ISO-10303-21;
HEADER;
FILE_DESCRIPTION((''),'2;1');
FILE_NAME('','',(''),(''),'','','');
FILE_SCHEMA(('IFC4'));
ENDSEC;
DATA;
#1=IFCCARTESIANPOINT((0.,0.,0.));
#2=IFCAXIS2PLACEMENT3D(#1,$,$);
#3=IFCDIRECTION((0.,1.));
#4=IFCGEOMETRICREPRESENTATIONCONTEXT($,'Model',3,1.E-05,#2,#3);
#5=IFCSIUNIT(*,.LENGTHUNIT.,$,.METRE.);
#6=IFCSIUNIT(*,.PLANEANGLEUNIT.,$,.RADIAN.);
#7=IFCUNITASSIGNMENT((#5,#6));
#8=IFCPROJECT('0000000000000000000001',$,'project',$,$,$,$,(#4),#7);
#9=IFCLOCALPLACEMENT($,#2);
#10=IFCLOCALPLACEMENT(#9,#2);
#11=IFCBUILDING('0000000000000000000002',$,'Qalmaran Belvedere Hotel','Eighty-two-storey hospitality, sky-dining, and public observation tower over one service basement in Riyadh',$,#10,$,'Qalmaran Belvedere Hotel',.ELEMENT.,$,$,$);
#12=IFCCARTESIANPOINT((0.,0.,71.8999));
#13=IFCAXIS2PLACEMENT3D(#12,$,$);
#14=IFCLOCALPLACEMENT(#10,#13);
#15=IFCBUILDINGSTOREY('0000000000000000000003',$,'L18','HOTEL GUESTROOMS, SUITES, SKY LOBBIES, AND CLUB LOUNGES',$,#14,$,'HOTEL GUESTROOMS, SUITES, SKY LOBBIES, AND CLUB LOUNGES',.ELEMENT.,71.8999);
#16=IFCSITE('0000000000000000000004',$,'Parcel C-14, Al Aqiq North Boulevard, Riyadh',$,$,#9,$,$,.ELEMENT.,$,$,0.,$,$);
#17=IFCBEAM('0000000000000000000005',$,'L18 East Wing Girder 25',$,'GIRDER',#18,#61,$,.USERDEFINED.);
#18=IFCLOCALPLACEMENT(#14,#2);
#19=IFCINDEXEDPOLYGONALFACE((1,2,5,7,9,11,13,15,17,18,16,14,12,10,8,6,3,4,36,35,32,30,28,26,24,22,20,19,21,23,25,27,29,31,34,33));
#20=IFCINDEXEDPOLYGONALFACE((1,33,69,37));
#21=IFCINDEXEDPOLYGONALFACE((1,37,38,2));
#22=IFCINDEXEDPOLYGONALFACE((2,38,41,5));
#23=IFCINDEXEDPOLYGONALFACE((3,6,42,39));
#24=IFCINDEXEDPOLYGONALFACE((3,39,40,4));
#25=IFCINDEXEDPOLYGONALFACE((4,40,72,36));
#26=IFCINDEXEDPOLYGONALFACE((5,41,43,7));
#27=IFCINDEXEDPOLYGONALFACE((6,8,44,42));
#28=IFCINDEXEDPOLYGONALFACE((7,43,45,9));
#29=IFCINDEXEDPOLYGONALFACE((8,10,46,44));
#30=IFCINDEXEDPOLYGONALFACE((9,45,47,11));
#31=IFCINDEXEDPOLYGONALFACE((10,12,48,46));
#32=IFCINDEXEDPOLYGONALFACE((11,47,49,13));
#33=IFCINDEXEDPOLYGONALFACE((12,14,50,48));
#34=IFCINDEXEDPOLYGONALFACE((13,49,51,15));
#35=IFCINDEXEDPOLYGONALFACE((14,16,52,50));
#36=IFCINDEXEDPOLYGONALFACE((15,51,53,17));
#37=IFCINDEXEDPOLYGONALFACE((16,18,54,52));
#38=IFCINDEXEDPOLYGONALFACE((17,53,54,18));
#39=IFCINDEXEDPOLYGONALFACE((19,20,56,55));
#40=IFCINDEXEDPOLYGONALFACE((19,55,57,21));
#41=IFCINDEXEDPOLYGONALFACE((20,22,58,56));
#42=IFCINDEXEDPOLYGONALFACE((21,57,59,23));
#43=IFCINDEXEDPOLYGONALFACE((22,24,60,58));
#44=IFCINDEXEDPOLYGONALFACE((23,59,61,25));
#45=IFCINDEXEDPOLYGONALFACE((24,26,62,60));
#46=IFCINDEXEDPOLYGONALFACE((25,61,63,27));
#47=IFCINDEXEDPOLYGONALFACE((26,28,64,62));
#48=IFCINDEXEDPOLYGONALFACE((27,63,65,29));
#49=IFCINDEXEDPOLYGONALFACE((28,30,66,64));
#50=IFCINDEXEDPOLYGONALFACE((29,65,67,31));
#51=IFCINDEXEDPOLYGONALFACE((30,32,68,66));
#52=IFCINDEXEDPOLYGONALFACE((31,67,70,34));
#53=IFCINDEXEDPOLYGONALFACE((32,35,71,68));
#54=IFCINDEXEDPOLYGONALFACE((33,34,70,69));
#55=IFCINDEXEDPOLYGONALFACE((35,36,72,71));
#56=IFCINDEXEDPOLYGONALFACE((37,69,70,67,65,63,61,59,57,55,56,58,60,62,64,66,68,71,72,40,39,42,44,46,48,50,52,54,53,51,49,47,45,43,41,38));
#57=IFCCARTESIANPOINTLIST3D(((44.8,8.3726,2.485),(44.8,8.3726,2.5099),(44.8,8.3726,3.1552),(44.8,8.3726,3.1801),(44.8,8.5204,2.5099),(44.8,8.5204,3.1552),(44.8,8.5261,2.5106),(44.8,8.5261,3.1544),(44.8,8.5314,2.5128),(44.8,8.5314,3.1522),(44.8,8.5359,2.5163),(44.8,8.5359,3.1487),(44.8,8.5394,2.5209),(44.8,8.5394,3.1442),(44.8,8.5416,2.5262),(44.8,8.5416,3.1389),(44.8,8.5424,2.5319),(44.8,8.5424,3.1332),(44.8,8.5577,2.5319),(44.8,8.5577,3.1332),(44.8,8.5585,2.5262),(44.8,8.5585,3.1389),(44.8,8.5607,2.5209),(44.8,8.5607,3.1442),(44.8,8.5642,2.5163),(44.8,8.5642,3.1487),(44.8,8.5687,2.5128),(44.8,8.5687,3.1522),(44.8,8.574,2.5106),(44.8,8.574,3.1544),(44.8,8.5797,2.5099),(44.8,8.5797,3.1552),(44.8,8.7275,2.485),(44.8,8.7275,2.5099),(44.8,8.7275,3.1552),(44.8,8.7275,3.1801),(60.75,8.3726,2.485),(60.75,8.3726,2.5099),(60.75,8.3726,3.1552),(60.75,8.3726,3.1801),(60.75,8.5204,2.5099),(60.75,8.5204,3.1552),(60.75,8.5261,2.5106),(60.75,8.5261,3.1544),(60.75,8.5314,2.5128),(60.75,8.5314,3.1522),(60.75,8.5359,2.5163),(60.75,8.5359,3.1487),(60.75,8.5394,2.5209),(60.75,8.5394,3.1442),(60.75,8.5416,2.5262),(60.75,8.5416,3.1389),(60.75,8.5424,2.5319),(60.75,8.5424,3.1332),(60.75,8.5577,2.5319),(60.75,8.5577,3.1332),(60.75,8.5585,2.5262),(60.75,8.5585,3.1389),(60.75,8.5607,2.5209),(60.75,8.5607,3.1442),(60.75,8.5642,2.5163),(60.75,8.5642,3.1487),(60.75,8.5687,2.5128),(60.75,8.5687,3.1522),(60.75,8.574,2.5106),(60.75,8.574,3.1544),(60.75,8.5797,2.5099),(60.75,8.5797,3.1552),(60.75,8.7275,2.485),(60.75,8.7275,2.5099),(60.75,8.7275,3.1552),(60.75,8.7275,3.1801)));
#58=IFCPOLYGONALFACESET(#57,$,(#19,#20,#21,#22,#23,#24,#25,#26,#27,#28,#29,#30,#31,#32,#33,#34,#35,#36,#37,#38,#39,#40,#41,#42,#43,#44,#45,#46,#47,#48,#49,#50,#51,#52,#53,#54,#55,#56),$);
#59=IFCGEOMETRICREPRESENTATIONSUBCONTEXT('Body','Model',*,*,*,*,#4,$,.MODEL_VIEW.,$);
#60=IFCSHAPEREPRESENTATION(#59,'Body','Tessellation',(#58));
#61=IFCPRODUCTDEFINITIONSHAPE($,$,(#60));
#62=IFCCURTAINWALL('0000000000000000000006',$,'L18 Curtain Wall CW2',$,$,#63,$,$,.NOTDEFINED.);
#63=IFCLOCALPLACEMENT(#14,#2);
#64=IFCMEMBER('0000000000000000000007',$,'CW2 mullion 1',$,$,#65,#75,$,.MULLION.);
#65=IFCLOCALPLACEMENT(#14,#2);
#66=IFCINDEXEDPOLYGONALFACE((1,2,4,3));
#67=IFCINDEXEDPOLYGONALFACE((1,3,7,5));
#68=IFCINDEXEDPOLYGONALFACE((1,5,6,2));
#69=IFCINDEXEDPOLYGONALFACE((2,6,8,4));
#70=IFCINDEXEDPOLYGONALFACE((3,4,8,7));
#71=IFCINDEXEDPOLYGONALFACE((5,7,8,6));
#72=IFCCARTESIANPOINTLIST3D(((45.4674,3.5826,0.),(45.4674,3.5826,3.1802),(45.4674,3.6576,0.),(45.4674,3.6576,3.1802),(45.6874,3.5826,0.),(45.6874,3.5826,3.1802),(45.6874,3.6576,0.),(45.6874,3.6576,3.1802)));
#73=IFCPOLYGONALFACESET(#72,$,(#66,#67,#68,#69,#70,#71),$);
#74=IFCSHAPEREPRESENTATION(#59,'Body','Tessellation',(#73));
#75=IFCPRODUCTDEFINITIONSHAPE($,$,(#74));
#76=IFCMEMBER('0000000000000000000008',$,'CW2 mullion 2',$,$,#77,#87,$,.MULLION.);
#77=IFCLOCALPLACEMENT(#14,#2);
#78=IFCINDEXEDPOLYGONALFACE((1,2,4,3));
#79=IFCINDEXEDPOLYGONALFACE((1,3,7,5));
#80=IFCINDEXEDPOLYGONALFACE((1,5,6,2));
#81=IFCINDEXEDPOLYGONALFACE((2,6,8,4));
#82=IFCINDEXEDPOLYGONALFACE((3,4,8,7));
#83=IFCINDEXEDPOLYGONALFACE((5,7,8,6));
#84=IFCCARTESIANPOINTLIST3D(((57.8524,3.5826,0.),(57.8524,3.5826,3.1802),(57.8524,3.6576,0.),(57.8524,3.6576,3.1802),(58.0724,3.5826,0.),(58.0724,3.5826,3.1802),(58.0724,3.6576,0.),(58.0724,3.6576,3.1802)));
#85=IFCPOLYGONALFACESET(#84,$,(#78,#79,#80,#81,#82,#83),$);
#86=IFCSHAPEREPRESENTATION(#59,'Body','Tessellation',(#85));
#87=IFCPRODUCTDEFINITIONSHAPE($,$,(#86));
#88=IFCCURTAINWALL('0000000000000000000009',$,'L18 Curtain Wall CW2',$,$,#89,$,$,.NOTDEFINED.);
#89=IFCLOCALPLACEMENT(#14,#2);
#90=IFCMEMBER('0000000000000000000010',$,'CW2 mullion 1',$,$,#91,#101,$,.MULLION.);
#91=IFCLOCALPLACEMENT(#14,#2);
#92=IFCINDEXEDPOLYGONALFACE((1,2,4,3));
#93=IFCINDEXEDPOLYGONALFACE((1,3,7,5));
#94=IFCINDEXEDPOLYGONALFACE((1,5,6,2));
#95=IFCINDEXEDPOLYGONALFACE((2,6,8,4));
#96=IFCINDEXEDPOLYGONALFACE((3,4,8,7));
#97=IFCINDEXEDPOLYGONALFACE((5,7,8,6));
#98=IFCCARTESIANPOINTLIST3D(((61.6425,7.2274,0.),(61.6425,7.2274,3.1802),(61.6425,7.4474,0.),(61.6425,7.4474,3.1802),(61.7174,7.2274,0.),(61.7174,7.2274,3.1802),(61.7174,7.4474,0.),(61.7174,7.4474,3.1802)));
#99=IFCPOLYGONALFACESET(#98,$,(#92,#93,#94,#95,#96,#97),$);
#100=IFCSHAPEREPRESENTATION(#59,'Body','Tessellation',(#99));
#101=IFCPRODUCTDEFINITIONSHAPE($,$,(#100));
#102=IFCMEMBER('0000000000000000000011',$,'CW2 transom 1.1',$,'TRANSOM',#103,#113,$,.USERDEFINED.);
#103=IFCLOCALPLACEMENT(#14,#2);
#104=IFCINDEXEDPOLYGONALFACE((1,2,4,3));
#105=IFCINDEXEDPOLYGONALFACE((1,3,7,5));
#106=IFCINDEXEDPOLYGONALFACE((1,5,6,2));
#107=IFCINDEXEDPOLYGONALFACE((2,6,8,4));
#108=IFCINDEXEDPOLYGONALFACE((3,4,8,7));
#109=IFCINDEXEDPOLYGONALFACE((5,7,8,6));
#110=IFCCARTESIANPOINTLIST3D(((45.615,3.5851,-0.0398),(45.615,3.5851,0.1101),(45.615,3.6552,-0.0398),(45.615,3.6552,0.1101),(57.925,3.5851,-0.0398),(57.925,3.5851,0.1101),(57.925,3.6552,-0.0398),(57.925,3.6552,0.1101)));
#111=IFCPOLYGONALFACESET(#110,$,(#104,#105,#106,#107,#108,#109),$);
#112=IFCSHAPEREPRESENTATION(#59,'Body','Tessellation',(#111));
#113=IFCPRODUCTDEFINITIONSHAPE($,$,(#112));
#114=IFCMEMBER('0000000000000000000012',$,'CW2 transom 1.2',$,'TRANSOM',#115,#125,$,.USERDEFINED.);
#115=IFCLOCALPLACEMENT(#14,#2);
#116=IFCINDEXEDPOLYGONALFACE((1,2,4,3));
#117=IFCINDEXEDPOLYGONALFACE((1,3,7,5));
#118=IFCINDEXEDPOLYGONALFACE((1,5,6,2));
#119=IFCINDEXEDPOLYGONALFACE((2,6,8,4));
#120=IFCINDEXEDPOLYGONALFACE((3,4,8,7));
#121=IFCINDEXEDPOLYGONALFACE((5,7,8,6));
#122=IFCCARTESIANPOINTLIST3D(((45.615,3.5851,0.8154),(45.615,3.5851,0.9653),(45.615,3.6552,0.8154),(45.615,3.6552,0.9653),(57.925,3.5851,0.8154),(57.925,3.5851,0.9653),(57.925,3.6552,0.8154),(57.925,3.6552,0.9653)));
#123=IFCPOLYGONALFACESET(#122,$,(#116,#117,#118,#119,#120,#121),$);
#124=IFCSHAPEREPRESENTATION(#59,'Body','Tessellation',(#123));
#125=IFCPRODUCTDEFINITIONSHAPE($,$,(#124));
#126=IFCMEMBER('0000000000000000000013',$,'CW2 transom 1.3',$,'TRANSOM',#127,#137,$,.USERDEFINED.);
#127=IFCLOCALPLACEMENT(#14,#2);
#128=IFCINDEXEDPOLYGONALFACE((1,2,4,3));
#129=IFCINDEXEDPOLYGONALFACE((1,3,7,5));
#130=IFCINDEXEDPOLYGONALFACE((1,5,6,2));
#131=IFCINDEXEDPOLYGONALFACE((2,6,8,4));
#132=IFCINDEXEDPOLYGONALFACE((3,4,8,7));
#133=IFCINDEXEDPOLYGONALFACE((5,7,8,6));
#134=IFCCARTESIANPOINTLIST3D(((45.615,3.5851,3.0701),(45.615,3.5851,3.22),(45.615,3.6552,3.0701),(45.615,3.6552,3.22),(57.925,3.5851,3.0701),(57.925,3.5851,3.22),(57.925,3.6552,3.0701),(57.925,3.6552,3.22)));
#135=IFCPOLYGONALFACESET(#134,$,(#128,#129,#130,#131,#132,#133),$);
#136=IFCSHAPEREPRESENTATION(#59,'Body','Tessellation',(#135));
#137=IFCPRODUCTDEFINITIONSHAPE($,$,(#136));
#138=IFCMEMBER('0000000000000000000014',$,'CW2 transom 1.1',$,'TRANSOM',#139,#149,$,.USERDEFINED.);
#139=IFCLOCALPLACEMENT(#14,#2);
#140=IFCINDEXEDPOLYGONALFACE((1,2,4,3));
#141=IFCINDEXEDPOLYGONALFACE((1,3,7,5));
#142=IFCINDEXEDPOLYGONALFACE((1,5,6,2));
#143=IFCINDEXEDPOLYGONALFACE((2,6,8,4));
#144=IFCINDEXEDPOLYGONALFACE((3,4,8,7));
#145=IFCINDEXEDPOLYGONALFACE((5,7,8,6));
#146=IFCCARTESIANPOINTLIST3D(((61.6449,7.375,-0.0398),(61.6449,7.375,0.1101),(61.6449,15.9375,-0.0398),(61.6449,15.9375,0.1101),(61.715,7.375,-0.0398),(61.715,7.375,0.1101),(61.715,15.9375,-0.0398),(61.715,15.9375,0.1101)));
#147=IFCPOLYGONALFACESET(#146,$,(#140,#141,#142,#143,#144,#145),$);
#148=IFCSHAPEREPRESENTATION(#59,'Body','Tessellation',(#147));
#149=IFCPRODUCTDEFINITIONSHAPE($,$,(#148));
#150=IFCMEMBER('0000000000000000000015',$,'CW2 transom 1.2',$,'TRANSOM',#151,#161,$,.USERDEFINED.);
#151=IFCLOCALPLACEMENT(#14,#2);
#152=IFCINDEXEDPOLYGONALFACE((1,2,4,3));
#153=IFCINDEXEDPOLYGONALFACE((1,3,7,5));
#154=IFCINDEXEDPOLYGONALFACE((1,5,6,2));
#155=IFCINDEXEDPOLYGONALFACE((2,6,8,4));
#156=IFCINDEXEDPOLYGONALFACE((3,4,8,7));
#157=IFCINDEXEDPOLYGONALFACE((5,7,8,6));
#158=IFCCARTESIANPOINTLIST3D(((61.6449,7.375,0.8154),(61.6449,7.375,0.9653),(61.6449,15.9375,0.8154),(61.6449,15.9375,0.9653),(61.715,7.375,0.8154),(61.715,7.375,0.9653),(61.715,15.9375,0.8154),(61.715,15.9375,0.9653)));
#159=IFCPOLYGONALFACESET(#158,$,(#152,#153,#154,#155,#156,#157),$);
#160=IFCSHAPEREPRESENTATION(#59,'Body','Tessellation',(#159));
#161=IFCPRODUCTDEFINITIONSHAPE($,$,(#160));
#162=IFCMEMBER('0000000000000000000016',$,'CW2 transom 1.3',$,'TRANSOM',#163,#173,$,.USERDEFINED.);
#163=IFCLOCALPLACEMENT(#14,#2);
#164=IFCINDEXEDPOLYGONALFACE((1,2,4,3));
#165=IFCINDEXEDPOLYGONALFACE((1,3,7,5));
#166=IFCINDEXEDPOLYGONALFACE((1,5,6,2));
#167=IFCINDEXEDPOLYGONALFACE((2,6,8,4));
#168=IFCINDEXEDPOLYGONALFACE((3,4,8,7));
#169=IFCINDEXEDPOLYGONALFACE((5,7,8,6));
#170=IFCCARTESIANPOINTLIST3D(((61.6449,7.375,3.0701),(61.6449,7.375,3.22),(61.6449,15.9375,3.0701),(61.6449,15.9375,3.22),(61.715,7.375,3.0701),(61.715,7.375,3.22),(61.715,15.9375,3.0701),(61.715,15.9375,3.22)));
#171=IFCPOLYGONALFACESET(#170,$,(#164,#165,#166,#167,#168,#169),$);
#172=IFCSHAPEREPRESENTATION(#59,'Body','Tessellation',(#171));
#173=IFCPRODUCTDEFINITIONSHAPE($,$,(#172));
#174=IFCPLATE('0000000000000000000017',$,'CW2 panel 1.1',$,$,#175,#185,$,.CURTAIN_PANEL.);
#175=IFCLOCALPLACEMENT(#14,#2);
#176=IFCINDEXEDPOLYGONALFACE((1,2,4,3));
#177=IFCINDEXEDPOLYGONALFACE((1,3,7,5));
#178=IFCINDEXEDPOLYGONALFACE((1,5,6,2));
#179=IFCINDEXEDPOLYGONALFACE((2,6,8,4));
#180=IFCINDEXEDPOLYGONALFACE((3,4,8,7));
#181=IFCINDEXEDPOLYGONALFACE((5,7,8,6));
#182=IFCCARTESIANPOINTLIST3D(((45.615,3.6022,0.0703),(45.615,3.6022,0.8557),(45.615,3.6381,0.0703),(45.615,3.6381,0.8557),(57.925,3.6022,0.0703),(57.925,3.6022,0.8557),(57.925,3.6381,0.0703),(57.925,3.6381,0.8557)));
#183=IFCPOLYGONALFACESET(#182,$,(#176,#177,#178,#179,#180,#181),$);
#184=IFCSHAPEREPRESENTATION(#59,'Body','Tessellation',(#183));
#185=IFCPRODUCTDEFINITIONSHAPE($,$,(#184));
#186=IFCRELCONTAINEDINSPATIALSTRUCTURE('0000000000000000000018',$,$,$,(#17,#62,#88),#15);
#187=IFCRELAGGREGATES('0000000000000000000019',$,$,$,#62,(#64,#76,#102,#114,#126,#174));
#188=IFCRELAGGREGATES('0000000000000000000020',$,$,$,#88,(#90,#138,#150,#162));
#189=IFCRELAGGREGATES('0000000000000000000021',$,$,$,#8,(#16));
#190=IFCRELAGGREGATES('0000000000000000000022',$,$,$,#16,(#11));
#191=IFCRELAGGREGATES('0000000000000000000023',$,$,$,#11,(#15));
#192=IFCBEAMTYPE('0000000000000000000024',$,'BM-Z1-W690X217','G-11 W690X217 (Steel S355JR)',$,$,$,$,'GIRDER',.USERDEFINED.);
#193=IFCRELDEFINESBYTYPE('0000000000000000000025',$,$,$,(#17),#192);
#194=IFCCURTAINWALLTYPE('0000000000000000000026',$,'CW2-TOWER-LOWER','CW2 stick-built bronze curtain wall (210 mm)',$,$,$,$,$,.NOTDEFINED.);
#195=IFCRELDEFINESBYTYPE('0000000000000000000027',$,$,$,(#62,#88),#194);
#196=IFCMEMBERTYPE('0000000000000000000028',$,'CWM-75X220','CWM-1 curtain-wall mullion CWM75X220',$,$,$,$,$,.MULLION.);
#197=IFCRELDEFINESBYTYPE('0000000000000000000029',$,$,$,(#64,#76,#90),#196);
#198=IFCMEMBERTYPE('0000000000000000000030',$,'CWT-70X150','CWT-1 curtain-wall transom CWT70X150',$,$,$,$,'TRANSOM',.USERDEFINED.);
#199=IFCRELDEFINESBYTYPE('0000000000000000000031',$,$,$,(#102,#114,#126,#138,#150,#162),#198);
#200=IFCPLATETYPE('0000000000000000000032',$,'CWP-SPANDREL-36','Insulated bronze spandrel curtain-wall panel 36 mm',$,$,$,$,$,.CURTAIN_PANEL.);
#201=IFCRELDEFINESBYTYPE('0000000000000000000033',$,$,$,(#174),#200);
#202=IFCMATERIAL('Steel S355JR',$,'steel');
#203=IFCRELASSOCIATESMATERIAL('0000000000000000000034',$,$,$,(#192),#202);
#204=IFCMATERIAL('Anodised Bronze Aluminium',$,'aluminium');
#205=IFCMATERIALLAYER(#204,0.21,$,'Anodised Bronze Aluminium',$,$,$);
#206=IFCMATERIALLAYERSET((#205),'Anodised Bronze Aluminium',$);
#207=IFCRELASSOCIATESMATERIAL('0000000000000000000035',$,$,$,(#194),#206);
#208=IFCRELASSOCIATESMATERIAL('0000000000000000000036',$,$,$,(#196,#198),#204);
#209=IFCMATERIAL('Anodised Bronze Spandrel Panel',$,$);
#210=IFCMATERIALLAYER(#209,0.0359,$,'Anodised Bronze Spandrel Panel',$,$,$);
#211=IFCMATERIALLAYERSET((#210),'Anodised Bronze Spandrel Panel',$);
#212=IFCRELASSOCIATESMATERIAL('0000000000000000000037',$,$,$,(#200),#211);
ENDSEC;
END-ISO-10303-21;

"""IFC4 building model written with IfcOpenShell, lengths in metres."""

from ifc_helpers import new_model, si_unit, direction, frame, origin, origin_2d, place, context, subcontext, project, spatial, rectangle, i_section, extrude, material, layer, layer_set, material_profile, profile_set, type_object, element, aggregate, save


model = new_model("IFC4")

# Units and contexts
model_context = context("Model", 3, precision=1e-05, world=origin(), true_north=direction((0.0, 1.0)))
body_context = subcontext(model_context, "Body", "Model", "MODEL_VIEW")
ifc_project = project(units=[si_unit("LENGTHUNIT", "METRE"), si_unit("PLANEANGLEUNIT", "RADIAN")], contexts=[model_context])

# Site, building, storey
site_placement = place(None, origin())
site = spatial("IfcSite", under=ifc_project, at=site_placement, Name="Parcel C-14, Al Aqiq North Boulevard, Riyadh", CompositionType="ELEMENT", RefElevation=0.0)
building_placement = place(site_placement, origin())
building = spatial("IfcBuilding", under=site, at=building_placement, Name="Qalmaran Belvedere Hotel", Description="Eighty-two-storey hospitality, sky-dining, and public observation tower over one service basement in Riyadh", LongName="Qalmaran Belvedere Hotel", CompositionType="ELEMENT")
storey_placement = place(building_placement, frame((0.0, 0.0, 71.8999)))
storey = spatial("IfcBuildingStorey", under=building, at=storey_placement, Name="L18", Description="HOTEL GUESTROOMS, SUITES, SKY LOBBIES, AND CLUB LOUNGES", LongName="HOTEL GUESTROOMS, SUITES, SKY LOBBIES, AND CLUB LOUNGES", CompositionType="ELEMENT", Elevation=71.8999)

# Beam
ifc_material_1 = material(Name="Steel S355JR", Category="steel")
ifc_material_profile_1 = material_profile(ifc_material_1, i_section(OverallWidth=0.355, OverallDepth=0.6951, WebThickness=0.0154, FlangeThickness=0.0249, FilletRadius=0.022, at=origin_2d()), Name="W690X217")
ifc_profile_set_1 = profile_set([ifc_material_profile_1], Name="Steel S355JR")
beam_type_1 = type_object("IfcBeamType", Name="BM-Z1-W690X217", Description="G-11 W690X217 (Steel S355JR)", ElementType="GIRDER", PredefinedType="USERDEFINED", material=ifc_profile_set_1)
beam_1_placement = place(storey_placement, frame((44.8, 8.55, 2.8325), z_axis=(1.0, 0.0, 0.0), x_axis=(0.0, 1.0, 0.0)))
element("IfcBeam", 1, at=beam_1_placement, inside=storey, type_object=beam_type_1, Name="L18 East Wing Girder 25", ObjectType="GIRDER", PredefinedType="USERDEFINED", context=body_context, shape_type="SweptSolid", body=[
    extrude(i_section(OverallWidth=0.355, OverallDepth=0.6951, WebThickness=0.0154, FlangeThickness=0.0249, FilletRadius=0.022, at=origin_2d()), origin(), (0.0, 0.0, 1.0), 15.95),
])

# Curtain wall, members
ifc_material_2 = material(Name="Anodised Bronze Aluminium", Category="aluminium")
ifc_layer_1 = layer(ifc_material_2, 0.21, Name="Anodised Bronze Aluminium")
ifc_layer_set_1 = layer_set([ifc_layer_1], Name="Anodised Bronze Aluminium")
curtain_wall_type = type_object("IfcCurtainWallType", Name="CW2-TOWER-LOWER", Description="CW2 stick-built bronze curtain wall (210 mm)", PredefinedType="NOTDEFINED", material=ifc_layer_set_1)
curtain_wall_1_placement = place(storey_placement, origin())
curtain_wall_1 = element("IfcCurtainWall", 2, at=curtain_wall_1_placement, inside=storey, type_object=curtain_wall_type, Name="L18 Curtain Wall CW2", PredefinedType="NOTDEFINED")
ifc_material_profile_2 = material_profile(ifc_material_2, rectangle(XDim=0.075, YDim=0.22, at=origin_2d()), Name="CWM75X220")
ifc_profile_set_2 = profile_set([ifc_material_profile_2], Name="Anodised Bronze Aluminium")
member_type_1 = type_object("IfcMemberType", Name="CWM-75X220", Description="CWM-1 curtain-wall mullion CWM75X220", PredefinedType="MULLION", material=ifc_profile_set_2)
member_1_placement = place(storey_placement, frame((45.5774, 3.6201, 0.0), z_axis=(0.0, 0.0, 1.0), x_axis=(0.0, 1.0, 0.0)))
member_1 = element("IfcMember", 3, at=member_1_placement, type_object=member_type_1, Name="CW2 mullion 1", PredefinedType="MULLION", context=body_context, shape_type="SweptSolid", body=[
    extrude(rectangle(XDim=0.075, YDim=0.22, at=origin_2d()), origin(), (0.0, 0.0, 1.0), 3.1802),
])
member_2_placement = place(storey_placement, frame((57.9624, 3.6201, 0.0), z_axis=(0.0, 0.0, 1.0), x_axis=(0.0, 1.0, 0.0)))
member_2 = element("IfcMember", 4, at=member_2_placement, type_object=member_type_1, Name="CW2 mullion 2", PredefinedType="MULLION", context=body_context, shape_type="SweptSolid", body=[
    extrude(rectangle(XDim=0.075, YDim=0.22, at=origin_2d()), origin(), (0.0, 0.0, 1.0), 3.1802),
])

# Curtain wall, member
curtain_wall_2_placement = place(storey_placement, origin())
curtain_wall_2 = element("IfcCurtainWall", 5, at=curtain_wall_2_placement, inside=storey, type_object=curtain_wall_type, Name="L18 Curtain Wall CW2", PredefinedType="NOTDEFINED")
member_3_placement = place(storey_placement, frame((61.6799, 7.3374, 0.0), z_axis=(0.0, 0.0, 1.0), x_axis=(-1.0, 0.0, 0.0)))
member_3 = element("IfcMember", 6, at=member_3_placement, type_object=member_type_1, Name="CW2 mullion 1", PredefinedType="MULLION", context=body_context, shape_type="SweptSolid", body=[
    extrude(rectangle(XDim=0.075, YDim=0.22, at=origin_2d()), origin(), (0.0, 0.0, 1.0), 3.1802),
])

# Members
ifc_material_profile_3 = material_profile(ifc_material_2, rectangle(XDim=0.0701, YDim=0.1499, at=origin_2d()), Name="CWT70X150")
ifc_profile_set_3 = profile_set([ifc_material_profile_3], Name="Anodised Bronze Aluminium")
member_type_2 = type_object("IfcMemberType", Name="CWT-70X150", Description="CWT-1 curtain-wall transom CWT70X150", ElementType="TRANSOM", PredefinedType="USERDEFINED", material=ifc_profile_set_3)
member_4_placement = place(storey_placement, frame((45.615, 3.6201, 0.0352), z_axis=(1.0, 0.0, 0.0), x_axis=(0.0, 1.0, 0.0)))
member_4 = element("IfcMember", 7, at=member_4_placement, type_object=member_type_2, Name="CW2 transom 1.1", ObjectType="TRANSOM", PredefinedType="USERDEFINED", context=body_context, shape_type="SweptSolid", body=[
    extrude(rectangle(XDim=0.0701, YDim=0.1499, at=origin_2d()), origin(), (0.0, 0.0, 1.0), 12.3101),
])
member_5_placement = place(storey_placement, frame((45.615, 3.6201, 0.8904), z_axis=(1.0, 0.0, 0.0), x_axis=(0.0, 1.0, 0.0)))
member_5 = element("IfcMember", 8, at=member_5_placement, type_object=member_type_2, Name="CW2 transom 1.2", ObjectType="TRANSOM", PredefinedType="USERDEFINED", context=body_context, shape_type="SweptSolid", body=[
    extrude(rectangle(XDim=0.0701, YDim=0.1499, at=origin_2d()), origin(), (0.0, 0.0, 1.0), 12.3101),
])
member_6_placement = place(storey_placement, frame((45.615, 3.6201, 3.145), z_axis=(1.0, 0.0, 0.0), x_axis=(0.0, 1.0, 0.0)))
member_6 = element("IfcMember", 9, at=member_6_placement, type_object=member_type_2, Name="CW2 transom 1.3", ObjectType="TRANSOM", PredefinedType="USERDEFINED", context=body_context, shape_type="SweptSolid", body=[
    extrude(rectangle(XDim=0.0701, YDim=0.1499, at=origin_2d()), origin(), (0.0, 0.0, 1.0), 12.3101),
])
member_7_placement = place(storey_placement, frame((61.6799, 7.375, 0.0352), z_axis=(0.0, 1.0, 0.0), x_axis=(-1.0, 0.0, 0.0)))
member_7 = element("IfcMember", 10, at=member_7_placement, type_object=member_type_2, Name="CW2 transom 1.1", ObjectType="TRANSOM", PredefinedType="USERDEFINED", context=body_context, shape_type="SweptSolid", body=[
    extrude(rectangle(XDim=0.0701, YDim=0.1499, at=origin_2d()), origin(), (0.0, 0.0, 1.0), 8.5625),
])
member_8_placement = place(storey_placement, frame((61.6799, 7.375, 0.8904), z_axis=(0.0, 1.0, 0.0), x_axis=(-1.0, 0.0, 0.0)))
member_8 = element("IfcMember", 11, at=member_8_placement, type_object=member_type_2, Name="CW2 transom 1.2", ObjectType="TRANSOM", PredefinedType="USERDEFINED", context=body_context, shape_type="SweptSolid", body=[
    extrude(rectangle(XDim=0.0701, YDim=0.1499, at=origin_2d()), origin(), (0.0, 0.0, 1.0), 8.5625),
])
member_9_placement = place(storey_placement, frame((61.6799, 7.375, 3.145), z_axis=(0.0, 1.0, 0.0), x_axis=(-1.0, 0.0, 0.0)))
member_9 = element("IfcMember", 12, at=member_9_placement, type_object=member_type_2, Name="CW2 transom 1.3", ObjectType="TRANSOM", PredefinedType="USERDEFINED", context=body_context, shape_type="SweptSolid", body=[
    extrude(rectangle(XDim=0.0701, YDim=0.1499, at=origin_2d()), origin(), (0.0, 0.0, 1.0), 8.5625),
])

# Plate
ifc_material_3 = material(Name="Anodised Bronze Spandrel Panel")
ifc_layer_2 = layer(ifc_material_3, 0.0359, Name="Anodised Bronze Spandrel Panel")
ifc_layer_set_2 = layer_set([ifc_layer_2], Name="Anodised Bronze Spandrel Panel")
plate_type_1 = type_object("IfcPlateType", Name="CWP-SPANDREL-36", Description="Insulated bronze spandrel curtain-wall panel 36 mm", PredefinedType="CURTAIN_PANEL", material=ifc_layer_set_2)
plate_1_placement = place(storey_placement, frame((51.77, 3.6201, 0.0703), z_axis=(0.0, 0.0, 1.0), x_axis=(1.0, 0.0, 0.0)))
plate_1 = element("IfcPlate", 13, at=plate_1_placement, type_object=plate_type_1, Name="CW2 panel 1.1", PredefinedType="CURTAIN_PANEL", context=body_context, shape_type="SweptSolid", body=[
    extrude(rectangle(XDim=12.3101, YDim=0.0359, at=origin_2d()), origin(), (0.0, 0.0, 1.0), 0.7854),
])
aggregate(curtain_wall_1, [member_1, member_2, member_4, member_5, member_6, plate_1])
aggregate(curtain_wall_2, [member_3, member_7, member_8, member_9])

save(model, "model.ifc")
